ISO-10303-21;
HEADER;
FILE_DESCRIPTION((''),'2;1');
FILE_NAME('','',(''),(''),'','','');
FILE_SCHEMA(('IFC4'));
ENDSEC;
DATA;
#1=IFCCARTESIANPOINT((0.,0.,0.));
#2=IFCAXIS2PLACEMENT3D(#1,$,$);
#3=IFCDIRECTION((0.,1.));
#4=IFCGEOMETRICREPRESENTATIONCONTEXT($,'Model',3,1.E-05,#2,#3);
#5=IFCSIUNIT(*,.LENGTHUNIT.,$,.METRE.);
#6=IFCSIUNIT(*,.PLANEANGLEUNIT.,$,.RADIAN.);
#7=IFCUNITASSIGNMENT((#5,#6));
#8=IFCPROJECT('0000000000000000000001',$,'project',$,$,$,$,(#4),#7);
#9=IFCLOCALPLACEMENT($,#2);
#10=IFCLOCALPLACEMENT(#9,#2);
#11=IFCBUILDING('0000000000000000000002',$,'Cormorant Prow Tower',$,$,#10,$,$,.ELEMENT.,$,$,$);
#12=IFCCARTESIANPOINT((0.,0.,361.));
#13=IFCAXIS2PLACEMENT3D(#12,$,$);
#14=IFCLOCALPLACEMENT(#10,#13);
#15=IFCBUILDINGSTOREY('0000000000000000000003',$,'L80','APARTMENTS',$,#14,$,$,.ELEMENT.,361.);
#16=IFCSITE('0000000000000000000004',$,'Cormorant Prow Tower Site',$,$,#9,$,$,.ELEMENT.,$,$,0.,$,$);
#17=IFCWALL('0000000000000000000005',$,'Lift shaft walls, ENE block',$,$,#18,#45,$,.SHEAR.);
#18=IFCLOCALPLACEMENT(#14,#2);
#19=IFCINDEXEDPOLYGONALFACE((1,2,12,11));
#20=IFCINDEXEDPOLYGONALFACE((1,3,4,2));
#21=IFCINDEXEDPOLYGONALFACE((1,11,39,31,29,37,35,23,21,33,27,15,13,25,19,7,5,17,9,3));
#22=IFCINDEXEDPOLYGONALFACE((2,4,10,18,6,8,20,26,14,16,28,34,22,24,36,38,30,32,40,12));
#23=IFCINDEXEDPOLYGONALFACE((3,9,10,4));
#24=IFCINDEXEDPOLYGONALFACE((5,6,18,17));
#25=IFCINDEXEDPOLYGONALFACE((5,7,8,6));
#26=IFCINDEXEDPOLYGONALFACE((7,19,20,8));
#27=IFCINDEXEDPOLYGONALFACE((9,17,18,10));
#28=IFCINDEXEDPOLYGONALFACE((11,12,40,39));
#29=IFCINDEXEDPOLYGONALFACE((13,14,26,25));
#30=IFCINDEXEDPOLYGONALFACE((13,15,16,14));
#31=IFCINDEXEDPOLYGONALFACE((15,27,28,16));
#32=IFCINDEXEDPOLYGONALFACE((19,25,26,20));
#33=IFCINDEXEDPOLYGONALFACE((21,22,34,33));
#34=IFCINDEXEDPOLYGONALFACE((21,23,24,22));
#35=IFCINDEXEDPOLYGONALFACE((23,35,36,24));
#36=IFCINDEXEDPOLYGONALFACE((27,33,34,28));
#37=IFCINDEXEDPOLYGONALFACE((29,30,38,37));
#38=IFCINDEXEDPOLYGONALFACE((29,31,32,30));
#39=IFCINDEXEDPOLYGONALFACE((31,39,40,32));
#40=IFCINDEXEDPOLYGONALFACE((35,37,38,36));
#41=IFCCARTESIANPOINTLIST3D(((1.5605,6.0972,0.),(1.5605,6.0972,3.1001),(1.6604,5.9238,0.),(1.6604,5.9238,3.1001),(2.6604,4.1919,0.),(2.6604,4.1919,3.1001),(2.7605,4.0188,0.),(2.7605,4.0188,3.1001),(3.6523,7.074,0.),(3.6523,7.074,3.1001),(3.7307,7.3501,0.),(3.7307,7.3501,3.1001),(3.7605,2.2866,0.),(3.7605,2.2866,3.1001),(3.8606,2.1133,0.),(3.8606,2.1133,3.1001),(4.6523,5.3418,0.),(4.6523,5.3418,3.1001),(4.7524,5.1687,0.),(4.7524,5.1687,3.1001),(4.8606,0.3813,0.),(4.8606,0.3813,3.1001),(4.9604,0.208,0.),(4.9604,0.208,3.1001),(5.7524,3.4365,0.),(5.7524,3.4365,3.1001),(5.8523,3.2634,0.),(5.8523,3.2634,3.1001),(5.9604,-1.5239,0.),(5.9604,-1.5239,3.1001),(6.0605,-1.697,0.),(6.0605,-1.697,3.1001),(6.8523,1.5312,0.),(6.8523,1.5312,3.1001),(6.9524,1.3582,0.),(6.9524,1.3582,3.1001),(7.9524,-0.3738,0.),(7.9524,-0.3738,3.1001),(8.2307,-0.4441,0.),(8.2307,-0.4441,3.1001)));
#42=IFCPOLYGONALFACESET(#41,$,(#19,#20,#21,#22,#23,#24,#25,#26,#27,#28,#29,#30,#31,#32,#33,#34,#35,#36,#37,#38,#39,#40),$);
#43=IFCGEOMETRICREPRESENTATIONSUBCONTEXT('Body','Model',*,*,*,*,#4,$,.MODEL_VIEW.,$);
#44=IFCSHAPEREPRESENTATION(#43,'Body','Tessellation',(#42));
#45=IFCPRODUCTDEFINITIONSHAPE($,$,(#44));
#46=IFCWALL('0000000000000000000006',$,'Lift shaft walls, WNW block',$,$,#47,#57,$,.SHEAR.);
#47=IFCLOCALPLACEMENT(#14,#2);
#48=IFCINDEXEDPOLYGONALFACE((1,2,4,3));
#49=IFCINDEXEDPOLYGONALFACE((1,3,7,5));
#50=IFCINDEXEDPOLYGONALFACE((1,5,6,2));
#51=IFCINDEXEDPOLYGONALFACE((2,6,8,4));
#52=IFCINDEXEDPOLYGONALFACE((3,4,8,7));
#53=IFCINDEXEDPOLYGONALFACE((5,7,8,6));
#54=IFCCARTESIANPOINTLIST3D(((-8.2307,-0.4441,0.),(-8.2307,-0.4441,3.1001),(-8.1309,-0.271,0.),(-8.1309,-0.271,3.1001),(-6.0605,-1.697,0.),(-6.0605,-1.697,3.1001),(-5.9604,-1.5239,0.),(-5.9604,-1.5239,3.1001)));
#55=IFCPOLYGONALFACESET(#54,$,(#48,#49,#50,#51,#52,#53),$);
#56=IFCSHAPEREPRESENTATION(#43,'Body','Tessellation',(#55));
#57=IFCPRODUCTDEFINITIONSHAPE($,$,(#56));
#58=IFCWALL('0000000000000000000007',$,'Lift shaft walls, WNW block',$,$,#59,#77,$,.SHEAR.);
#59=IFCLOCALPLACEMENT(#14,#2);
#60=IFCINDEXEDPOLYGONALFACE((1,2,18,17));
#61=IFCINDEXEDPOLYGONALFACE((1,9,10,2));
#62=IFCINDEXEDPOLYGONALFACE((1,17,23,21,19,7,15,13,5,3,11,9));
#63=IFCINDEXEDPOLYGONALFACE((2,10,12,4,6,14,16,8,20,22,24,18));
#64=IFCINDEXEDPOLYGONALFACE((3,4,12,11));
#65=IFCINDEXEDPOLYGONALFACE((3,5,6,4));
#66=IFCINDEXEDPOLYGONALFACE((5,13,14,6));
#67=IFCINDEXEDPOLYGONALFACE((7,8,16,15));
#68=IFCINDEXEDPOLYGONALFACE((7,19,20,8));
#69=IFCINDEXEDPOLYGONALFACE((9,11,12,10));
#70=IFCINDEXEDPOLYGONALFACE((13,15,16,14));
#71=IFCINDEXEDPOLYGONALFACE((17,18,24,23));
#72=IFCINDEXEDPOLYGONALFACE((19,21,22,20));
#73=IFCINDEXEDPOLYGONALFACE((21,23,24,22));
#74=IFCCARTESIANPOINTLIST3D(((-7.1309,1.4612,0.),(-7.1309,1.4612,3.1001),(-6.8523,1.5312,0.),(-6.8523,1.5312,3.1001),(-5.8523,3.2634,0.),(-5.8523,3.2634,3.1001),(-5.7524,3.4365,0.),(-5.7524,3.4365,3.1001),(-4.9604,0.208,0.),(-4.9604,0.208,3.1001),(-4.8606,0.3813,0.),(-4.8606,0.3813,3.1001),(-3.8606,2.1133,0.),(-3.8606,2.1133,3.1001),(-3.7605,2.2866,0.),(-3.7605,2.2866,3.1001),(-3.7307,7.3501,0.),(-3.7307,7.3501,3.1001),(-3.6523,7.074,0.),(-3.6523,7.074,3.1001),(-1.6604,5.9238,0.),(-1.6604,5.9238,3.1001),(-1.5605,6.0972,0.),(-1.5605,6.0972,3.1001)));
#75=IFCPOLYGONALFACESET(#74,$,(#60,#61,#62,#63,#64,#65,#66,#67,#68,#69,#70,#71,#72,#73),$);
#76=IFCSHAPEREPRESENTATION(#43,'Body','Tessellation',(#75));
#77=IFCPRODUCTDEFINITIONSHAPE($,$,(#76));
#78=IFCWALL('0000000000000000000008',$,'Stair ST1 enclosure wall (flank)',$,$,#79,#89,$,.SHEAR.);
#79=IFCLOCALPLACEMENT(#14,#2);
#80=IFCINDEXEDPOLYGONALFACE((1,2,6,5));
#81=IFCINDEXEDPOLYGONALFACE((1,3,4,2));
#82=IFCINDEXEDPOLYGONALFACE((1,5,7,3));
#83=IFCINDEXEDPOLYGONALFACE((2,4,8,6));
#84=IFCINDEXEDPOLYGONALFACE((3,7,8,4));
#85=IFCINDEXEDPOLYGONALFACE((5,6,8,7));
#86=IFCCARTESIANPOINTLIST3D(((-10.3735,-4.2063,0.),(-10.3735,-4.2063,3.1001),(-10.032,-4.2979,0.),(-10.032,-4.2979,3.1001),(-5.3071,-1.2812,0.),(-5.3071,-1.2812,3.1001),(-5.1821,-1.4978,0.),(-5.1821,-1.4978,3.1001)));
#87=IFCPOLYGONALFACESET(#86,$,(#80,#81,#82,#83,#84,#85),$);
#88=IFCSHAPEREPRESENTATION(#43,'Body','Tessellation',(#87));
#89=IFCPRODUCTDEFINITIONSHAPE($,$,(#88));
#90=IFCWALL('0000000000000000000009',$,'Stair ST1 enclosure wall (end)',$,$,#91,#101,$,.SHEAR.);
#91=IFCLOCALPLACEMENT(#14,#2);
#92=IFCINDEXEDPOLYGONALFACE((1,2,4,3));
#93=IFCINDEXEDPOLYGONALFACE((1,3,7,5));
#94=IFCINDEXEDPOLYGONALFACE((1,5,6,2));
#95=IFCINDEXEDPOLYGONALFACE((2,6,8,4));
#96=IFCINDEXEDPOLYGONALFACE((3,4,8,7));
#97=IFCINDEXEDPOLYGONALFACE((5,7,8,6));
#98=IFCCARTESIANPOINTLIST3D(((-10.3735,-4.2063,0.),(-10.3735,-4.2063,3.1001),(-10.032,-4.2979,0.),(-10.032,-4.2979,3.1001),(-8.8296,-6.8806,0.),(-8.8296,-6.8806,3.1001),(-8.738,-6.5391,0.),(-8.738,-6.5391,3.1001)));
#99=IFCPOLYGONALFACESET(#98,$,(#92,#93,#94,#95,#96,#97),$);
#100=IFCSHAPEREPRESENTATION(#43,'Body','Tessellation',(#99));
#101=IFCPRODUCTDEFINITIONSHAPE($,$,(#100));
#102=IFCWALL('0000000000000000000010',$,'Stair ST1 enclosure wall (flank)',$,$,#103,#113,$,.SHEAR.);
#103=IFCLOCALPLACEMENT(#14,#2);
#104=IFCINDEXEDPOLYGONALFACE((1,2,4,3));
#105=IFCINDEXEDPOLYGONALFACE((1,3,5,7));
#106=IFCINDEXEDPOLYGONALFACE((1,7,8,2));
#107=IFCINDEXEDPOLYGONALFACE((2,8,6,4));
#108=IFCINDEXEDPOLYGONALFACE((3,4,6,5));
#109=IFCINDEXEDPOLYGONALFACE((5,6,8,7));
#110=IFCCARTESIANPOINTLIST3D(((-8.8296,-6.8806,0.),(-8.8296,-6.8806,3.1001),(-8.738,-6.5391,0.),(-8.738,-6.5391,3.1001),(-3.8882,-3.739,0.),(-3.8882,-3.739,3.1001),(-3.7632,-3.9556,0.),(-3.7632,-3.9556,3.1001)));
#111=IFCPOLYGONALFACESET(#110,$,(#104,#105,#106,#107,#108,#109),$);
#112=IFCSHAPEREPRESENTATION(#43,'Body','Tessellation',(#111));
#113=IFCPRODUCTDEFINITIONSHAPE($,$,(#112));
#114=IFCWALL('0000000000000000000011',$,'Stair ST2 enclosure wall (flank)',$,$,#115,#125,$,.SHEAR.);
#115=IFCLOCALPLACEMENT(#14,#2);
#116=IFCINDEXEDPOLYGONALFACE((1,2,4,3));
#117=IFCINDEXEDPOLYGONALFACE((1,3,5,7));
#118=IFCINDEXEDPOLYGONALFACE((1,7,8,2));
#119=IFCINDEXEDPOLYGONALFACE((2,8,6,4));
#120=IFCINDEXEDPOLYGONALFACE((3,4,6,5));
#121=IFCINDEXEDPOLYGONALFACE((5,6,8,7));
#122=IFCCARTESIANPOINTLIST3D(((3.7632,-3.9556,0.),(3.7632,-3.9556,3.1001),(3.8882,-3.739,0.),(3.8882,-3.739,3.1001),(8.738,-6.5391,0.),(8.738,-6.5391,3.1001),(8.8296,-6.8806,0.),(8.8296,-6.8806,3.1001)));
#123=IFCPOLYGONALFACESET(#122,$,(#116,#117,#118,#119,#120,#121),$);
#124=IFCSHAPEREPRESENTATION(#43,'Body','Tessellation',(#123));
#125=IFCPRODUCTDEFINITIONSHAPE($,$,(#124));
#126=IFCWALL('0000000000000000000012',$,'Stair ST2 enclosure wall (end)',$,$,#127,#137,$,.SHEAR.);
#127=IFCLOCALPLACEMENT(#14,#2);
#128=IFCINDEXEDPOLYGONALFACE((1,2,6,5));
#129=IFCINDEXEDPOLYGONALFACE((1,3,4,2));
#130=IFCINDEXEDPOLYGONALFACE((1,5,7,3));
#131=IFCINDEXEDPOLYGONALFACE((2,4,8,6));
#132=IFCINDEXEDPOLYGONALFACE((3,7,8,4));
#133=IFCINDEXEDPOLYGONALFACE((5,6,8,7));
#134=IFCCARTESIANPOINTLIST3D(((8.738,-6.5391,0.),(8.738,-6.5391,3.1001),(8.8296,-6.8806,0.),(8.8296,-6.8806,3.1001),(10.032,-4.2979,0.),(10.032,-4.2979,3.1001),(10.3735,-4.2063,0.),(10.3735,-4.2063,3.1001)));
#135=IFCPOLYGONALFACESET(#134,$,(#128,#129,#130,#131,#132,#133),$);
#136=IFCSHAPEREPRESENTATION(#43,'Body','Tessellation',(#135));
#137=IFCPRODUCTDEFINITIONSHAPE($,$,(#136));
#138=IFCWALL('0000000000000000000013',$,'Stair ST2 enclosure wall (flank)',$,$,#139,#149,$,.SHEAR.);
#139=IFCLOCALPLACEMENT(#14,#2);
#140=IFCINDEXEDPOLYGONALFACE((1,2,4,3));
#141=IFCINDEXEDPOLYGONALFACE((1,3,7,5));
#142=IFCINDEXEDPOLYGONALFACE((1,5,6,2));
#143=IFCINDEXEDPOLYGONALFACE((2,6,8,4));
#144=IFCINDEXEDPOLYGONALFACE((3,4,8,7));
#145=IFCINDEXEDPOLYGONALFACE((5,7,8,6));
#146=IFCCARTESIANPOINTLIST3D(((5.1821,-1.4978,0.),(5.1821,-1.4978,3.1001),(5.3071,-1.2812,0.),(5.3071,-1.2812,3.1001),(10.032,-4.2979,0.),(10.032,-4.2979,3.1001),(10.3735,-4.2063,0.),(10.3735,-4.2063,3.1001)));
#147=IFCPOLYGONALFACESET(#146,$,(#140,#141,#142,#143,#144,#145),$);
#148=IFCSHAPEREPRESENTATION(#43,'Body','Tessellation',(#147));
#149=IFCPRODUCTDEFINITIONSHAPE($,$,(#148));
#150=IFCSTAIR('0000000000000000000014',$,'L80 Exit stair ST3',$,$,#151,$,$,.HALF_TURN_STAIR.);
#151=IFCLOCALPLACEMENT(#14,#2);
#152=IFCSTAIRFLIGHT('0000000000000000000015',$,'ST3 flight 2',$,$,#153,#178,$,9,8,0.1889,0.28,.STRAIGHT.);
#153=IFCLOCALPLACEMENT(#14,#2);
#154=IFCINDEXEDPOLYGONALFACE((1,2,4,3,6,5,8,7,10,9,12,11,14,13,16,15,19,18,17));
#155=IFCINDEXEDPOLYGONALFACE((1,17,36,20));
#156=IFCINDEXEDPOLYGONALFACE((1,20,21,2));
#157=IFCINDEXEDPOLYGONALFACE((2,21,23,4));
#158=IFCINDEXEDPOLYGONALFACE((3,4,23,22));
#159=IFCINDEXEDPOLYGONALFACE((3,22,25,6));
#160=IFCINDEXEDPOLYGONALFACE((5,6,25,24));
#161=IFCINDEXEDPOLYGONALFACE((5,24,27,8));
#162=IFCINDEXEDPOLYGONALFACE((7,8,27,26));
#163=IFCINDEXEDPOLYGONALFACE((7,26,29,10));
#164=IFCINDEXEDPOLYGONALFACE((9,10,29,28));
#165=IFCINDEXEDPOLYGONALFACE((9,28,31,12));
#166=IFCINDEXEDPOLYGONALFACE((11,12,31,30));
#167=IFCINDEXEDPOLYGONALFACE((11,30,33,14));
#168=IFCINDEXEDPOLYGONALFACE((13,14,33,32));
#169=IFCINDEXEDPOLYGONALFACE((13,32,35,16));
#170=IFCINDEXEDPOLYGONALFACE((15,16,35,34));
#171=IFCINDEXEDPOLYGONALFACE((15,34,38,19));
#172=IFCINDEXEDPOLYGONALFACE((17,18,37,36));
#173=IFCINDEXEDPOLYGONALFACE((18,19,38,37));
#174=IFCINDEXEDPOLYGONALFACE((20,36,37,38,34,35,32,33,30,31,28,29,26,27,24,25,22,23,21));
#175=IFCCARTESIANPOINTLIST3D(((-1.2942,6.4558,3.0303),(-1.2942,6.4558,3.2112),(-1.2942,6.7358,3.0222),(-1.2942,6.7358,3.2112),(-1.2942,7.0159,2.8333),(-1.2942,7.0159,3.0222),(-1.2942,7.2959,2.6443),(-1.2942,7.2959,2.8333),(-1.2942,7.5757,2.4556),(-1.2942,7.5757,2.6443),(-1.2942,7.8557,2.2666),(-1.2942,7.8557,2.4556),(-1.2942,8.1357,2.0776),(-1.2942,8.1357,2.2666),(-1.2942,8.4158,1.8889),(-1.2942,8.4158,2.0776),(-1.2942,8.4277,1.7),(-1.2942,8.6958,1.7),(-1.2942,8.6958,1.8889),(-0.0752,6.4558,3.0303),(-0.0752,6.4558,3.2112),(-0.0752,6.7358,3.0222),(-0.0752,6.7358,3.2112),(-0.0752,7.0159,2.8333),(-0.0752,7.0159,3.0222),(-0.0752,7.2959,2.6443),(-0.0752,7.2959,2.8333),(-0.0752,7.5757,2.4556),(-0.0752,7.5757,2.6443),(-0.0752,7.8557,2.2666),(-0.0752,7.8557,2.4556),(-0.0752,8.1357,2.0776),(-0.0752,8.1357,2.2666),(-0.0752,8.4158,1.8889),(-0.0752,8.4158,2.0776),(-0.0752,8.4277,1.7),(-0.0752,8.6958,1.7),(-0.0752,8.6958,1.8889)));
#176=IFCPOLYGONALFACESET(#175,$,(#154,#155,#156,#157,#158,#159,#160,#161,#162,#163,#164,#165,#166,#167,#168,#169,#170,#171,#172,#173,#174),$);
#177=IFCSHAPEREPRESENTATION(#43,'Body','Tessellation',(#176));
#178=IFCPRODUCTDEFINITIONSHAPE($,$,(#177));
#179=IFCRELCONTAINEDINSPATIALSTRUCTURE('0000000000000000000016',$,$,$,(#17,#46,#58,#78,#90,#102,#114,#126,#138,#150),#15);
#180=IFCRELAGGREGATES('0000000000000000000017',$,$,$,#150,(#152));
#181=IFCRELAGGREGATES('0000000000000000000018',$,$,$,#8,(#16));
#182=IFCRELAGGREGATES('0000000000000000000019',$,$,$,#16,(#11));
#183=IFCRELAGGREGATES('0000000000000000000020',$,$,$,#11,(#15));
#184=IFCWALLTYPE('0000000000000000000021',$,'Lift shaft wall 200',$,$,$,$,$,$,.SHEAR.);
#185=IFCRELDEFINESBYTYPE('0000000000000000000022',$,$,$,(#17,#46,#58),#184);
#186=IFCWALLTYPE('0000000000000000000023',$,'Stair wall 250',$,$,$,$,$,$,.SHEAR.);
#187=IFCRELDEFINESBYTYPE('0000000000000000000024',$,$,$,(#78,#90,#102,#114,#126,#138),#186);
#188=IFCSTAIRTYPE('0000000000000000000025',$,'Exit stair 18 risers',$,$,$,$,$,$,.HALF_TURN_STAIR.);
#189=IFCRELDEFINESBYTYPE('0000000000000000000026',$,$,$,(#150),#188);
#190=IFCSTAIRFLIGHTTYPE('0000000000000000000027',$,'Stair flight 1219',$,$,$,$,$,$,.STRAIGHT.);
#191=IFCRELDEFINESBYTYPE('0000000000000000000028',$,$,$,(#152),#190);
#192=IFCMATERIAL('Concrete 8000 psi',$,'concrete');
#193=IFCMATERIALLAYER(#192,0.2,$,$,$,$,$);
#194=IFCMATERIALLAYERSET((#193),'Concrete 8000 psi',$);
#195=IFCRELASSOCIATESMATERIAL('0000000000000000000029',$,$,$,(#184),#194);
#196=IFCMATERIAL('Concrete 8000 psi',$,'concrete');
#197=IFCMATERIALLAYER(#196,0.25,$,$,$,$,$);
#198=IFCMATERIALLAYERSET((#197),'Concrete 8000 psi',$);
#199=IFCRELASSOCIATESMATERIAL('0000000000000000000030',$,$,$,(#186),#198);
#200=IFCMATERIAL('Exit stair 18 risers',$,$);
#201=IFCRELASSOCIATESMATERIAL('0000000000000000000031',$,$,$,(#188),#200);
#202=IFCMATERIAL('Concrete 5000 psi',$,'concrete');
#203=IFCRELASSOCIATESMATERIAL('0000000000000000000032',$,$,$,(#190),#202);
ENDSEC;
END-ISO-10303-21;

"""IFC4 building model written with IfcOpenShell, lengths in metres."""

from ifc_helpers import new_model, si_unit, direction, frame, origin, place, context, subcontext, project, spatial, polyline, outline, extrude, material, layer, layer_set, type_object, element, aggregate, save


model = new_model("IFC4")

# Units and contexts
model_context = context("Model", 3, precision=1e-05, world=origin(), true_north=direction((0.0, 1.0)))
body_context = subcontext(model_context, "Body", "Model", "MODEL_VIEW")
ifc_project = project(units=[si_unit("LENGTHUNIT", "METRE"), si_unit("PLANEANGLEUNIT", "RADIAN")], contexts=[model_context])

# Site, building, storey
site_placement = place(None, origin())
site = spatial("IfcSite", under=ifc_project, at=site_placement, Name="Cormorant Prow Tower Site", CompositionType="ELEMENT", RefElevation=0.0)
building_placement = place(site_placement, origin())
building = spatial("IfcBuilding", under=site, at=building_placement, Name="Cormorant Prow Tower", CompositionType="ELEMENT")
storey_placement = place(building_placement, frame((0.0, 0.0, 361.0)))
storey = spatial("IfcBuildingStorey", under=building, at=storey_placement, Name="L80", Description="APARTMENTS", CompositionType="ELEMENT", Elevation=361.0)

# Walls
ifc_material_1 = material(Name="Concrete 8000 psi", Category="concrete")
ifc_layer_1 = layer(ifc_material_1, 0.2)
ifc_layer_set_1 = layer_set([ifc_layer_1], Name="Concrete 8000 psi")
wall_type_1 = type_object("IfcWallType", Name="Lift shaft wall 200", PredefinedType="SHEAR", material=ifc_layer_set_1)
wall_1_placement = place(storey_placement, origin())
element("IfcWall", 1, at=wall_1_placement, inside=storey, type_object=wall_type_1, Name="Lift shaft walls, ENE block", PredefinedType="SHEAR", context=body_context, shape_type="SweptSolid", body=[
    extrude(outline(polyline([(1.5605, 6.0972), (3.7307, 7.3501), (8.2307, -0.4441), (6.0605, -1.697), (5.9604, -1.5239), (7.9524, -0.3738), (6.9524, 1.3582), (4.9604, 0.208), (4.8606, 0.3813), (6.8523, 1.5312), (5.8523, 3.2634), (3.8606, 2.1133), (3.7605, 2.2866), (5.7524, 3.4365), (4.7524, 5.1687), (2.7605, 4.0188), (2.6604, 4.1919), (4.6523, 5.3418), (3.6523, 7.074), (1.6604, 5.9238), (1.5605, 6.0972)])), origin(), (0.0, 0.0, 1.0), 3.1001),
])
wall_2_placement = place(storey_placement, origin())
element("IfcWall", 2, at=wall_2_placement, inside=storey, type_object=wall_type_1, Name="Lift shaft walls, WNW block", PredefinedType="SHEAR", context=body_context, shape_type="SweptSolid", body=[
    extrude(outline(polyline([(-6.0605, -1.697), (-8.2307, -0.4441), (-8.1309, -0.271), (-5.9604, -1.5239), (-6.0605, -1.697)])), origin(), (0.0, 0.0, 1.0), 3.1001),
])
wall_3_placement = place(storey_placement, origin())
element("IfcWall", 3, at=wall_3_placement, inside=storey, type_object=wall_type_1, Name="Lift shaft walls, WNW block", PredefinedType="SHEAR", context=body_context, shape_type="SweptSolid", body=[
    extrude(outline(polyline([(-4.9604, 0.208), (-7.1309, 1.4612), (-3.7307, 7.3501), (-1.5605, 6.0972), (-1.6604, 5.9238), (-3.6523, 7.074), (-5.7524, 3.4365), (-3.7605, 2.2866), (-3.8606, 2.1133), (-5.8523, 3.2634), (-6.8523, 1.5312), (-4.8606, 0.3813), (-4.9604, 0.208)])), origin(), (0.0, 0.0, 1.0), 3.1001),
])
ifc_material_2 = material(Name="Concrete 8000 psi", Category="concrete")
ifc_layer_2 = layer(ifc_material_2, 0.25)
ifc_layer_set_2 = layer_set([ifc_layer_2], Name="Concrete 8000 psi")
wall_type_2 = type_object("IfcWallType", Name="Stair wall 250", PredefinedType="SHEAR", material=ifc_layer_set_2)
wall_4_placement = place(storey_placement, origin())
element("IfcWall", 4, at=wall_4_placement, inside=storey, type_object=wall_type_2, Name="Stair ST1 enclosure wall (flank)", PredefinedType="SHEAR", context=body_context, shape_type="SweptSolid", body=[
    extrude(outline(polyline([(-5.3071, -1.2812), (-10.3735, -4.2063), (-10.032, -4.2979), (-5.1821, -1.4978), (-5.3071, -1.2812)])), origin(), (0.0, 0.0, 1.0), 3.1001),
])
wall_5_placement = place(storey_placement, origin())
element("IfcWall", 5, at=wall_5_placement, inside=storey, type_object=wall_type_2, Name="Stair ST1 enclosure wall (end)", PredefinedType="SHEAR", context=body_context, shape_type="SweptSolid", body=[
    extrude(outline(polyline([(-10.3735, -4.2063), (-8.8296, -6.8806), (-8.738, -6.5391), (-10.032, -4.2979), (-10.3735, -4.2063)])), origin(), (0.0, 0.0, 1.0), 3.1001),
])
wall_6_placement = place(storey_placement, origin())
element("IfcWall", 6, at=wall_6_placement, inside=storey, type_object=wall_type_2, Name="Stair ST1 enclosure wall (flank)", PredefinedType="SHEAR", context=body_context, shape_type="SweptSolid", body=[
    extrude(outline(polyline([(-8.738, -6.5391), (-8.8296, -6.8806), (-3.7632, -3.9556), (-3.8882, -3.739), (-8.738, -6.5391)])), origin(), (0.0, 0.0, 1.0), 3.1001),
])
wall_7_placement = place(storey_placement, origin())
element("IfcWall", 7, at=wall_7_placement, inside=storey, type_object=wall_type_2, Name="Stair ST2 enclosure wall (flank)", PredefinedType="SHEAR", context=body_context, shape_type="SweptSolid", body=[
    extrude(outline(polyline([(3.7632, -3.9556), (8.8296, -6.8806), (8.738, -6.5391), (3.8882, -3.739), (3.7632, -3.9556)])), origin(), (0.0, 0.0, 1.0), 3.1001),
])
wall_8_placement = place(storey_placement, origin())
element("IfcWall", 8, at=wall_8_placement, inside=storey, type_object=wall_type_2, Name="Stair ST2 enclosure wall (end)", PredefinedType="SHEAR", context=body_context, shape_type="SweptSolid", body=[
    extrude(outline(polyline([(8.8296, -6.8806), (10.3735, -4.2063), (10.032, -4.2979), (8.738, -6.5391), (8.8296, -6.8806)])), origin(), (0.0, 0.0, 1.0), 3.1001),
])
wall_9_placement = place(storey_placement, origin())
element("IfcWall", 9, at=wall_9_placement, inside=storey, type_object=wall_type_2, Name="Stair ST2 enclosure wall (flank)", PredefinedType="SHEAR", context=body_context, shape_type="SweptSolid", body=[
    extrude(outline(polyline([(10.032, -4.2979), (10.3735, -4.2063), (5.3071, -1.2812), (5.1821, -1.4978), (10.032, -4.2979)])), origin(), (0.0, 0.0, 1.0), 3.1001),
])

# Stair, stair flight
ifc_material_3 = material(Name="Exit stair 18 risers")
stair_type = type_object("IfcStairType", Name="Exit stair 18 risers", PredefinedType="HALF_TURN_STAIR", material=ifc_material_3)
stair_placement = place(storey_placement, origin())
stair = element("IfcStair", 10, at=stair_placement, inside=storey, type_object=stair_type, Name="L80 Exit stair ST3", PredefinedType="HALF_TURN_STAIR")
ifc_material_4 = material(Name="Concrete 5000 psi", Category="concrete")
stair_flight_type = type_object("IfcStairFlightType", Name="Stair flight 1219", PredefinedType="STRAIGHT", material=ifc_material_4)
stair_flight_placement = place(storey_placement, frame((-0.6846, 8.6958, 1.7), z_axis=(0.0, 0.0, 1.0), x_axis=(0.0, -1.0, 0.0)))
stair_flight = element("IfcStairFlight", 11, at=stair_flight_placement, type_object=stair_flight_type, Name="ST3 flight 2", NumberOfRisers=9, NumberOfTreads=8, PredefinedType="STRAIGHT", RiserHeight=0.1889, TreadLength=0.28, context=body_context, shape_type="SweptSolid", body=[
    extrude(outline(polyline([(0.0, 0.0), (0.0, 0.189), (0.28, 0.189), (0.28, 0.3777), (0.5601, 0.3777), (0.5601, 0.5667), (0.8401, 0.5667), (0.8401, 0.7556), (1.1201, 0.7556), (1.1201, 0.9443), (1.3999, 0.9443), (1.3999, 1.1333), (1.6799, 1.1333), (1.6799, 1.3223), (1.96, 1.3223), (1.96, 1.5112), (2.24, 1.5112), (2.24, 1.7), (2.24, 1.3303), (0.2681, 0.0), (0.0, 0.0)])), frame((0.0, 0.6094, 0.0), z_axis=(0.0, -1.0, 0.0), x_axis=(1.0, 0.0, 0.0)), (0.0, 0.0, 1.0), 1.219),
])
aggregate(stair, [stair_flight])

save(model, "model.ifc")
